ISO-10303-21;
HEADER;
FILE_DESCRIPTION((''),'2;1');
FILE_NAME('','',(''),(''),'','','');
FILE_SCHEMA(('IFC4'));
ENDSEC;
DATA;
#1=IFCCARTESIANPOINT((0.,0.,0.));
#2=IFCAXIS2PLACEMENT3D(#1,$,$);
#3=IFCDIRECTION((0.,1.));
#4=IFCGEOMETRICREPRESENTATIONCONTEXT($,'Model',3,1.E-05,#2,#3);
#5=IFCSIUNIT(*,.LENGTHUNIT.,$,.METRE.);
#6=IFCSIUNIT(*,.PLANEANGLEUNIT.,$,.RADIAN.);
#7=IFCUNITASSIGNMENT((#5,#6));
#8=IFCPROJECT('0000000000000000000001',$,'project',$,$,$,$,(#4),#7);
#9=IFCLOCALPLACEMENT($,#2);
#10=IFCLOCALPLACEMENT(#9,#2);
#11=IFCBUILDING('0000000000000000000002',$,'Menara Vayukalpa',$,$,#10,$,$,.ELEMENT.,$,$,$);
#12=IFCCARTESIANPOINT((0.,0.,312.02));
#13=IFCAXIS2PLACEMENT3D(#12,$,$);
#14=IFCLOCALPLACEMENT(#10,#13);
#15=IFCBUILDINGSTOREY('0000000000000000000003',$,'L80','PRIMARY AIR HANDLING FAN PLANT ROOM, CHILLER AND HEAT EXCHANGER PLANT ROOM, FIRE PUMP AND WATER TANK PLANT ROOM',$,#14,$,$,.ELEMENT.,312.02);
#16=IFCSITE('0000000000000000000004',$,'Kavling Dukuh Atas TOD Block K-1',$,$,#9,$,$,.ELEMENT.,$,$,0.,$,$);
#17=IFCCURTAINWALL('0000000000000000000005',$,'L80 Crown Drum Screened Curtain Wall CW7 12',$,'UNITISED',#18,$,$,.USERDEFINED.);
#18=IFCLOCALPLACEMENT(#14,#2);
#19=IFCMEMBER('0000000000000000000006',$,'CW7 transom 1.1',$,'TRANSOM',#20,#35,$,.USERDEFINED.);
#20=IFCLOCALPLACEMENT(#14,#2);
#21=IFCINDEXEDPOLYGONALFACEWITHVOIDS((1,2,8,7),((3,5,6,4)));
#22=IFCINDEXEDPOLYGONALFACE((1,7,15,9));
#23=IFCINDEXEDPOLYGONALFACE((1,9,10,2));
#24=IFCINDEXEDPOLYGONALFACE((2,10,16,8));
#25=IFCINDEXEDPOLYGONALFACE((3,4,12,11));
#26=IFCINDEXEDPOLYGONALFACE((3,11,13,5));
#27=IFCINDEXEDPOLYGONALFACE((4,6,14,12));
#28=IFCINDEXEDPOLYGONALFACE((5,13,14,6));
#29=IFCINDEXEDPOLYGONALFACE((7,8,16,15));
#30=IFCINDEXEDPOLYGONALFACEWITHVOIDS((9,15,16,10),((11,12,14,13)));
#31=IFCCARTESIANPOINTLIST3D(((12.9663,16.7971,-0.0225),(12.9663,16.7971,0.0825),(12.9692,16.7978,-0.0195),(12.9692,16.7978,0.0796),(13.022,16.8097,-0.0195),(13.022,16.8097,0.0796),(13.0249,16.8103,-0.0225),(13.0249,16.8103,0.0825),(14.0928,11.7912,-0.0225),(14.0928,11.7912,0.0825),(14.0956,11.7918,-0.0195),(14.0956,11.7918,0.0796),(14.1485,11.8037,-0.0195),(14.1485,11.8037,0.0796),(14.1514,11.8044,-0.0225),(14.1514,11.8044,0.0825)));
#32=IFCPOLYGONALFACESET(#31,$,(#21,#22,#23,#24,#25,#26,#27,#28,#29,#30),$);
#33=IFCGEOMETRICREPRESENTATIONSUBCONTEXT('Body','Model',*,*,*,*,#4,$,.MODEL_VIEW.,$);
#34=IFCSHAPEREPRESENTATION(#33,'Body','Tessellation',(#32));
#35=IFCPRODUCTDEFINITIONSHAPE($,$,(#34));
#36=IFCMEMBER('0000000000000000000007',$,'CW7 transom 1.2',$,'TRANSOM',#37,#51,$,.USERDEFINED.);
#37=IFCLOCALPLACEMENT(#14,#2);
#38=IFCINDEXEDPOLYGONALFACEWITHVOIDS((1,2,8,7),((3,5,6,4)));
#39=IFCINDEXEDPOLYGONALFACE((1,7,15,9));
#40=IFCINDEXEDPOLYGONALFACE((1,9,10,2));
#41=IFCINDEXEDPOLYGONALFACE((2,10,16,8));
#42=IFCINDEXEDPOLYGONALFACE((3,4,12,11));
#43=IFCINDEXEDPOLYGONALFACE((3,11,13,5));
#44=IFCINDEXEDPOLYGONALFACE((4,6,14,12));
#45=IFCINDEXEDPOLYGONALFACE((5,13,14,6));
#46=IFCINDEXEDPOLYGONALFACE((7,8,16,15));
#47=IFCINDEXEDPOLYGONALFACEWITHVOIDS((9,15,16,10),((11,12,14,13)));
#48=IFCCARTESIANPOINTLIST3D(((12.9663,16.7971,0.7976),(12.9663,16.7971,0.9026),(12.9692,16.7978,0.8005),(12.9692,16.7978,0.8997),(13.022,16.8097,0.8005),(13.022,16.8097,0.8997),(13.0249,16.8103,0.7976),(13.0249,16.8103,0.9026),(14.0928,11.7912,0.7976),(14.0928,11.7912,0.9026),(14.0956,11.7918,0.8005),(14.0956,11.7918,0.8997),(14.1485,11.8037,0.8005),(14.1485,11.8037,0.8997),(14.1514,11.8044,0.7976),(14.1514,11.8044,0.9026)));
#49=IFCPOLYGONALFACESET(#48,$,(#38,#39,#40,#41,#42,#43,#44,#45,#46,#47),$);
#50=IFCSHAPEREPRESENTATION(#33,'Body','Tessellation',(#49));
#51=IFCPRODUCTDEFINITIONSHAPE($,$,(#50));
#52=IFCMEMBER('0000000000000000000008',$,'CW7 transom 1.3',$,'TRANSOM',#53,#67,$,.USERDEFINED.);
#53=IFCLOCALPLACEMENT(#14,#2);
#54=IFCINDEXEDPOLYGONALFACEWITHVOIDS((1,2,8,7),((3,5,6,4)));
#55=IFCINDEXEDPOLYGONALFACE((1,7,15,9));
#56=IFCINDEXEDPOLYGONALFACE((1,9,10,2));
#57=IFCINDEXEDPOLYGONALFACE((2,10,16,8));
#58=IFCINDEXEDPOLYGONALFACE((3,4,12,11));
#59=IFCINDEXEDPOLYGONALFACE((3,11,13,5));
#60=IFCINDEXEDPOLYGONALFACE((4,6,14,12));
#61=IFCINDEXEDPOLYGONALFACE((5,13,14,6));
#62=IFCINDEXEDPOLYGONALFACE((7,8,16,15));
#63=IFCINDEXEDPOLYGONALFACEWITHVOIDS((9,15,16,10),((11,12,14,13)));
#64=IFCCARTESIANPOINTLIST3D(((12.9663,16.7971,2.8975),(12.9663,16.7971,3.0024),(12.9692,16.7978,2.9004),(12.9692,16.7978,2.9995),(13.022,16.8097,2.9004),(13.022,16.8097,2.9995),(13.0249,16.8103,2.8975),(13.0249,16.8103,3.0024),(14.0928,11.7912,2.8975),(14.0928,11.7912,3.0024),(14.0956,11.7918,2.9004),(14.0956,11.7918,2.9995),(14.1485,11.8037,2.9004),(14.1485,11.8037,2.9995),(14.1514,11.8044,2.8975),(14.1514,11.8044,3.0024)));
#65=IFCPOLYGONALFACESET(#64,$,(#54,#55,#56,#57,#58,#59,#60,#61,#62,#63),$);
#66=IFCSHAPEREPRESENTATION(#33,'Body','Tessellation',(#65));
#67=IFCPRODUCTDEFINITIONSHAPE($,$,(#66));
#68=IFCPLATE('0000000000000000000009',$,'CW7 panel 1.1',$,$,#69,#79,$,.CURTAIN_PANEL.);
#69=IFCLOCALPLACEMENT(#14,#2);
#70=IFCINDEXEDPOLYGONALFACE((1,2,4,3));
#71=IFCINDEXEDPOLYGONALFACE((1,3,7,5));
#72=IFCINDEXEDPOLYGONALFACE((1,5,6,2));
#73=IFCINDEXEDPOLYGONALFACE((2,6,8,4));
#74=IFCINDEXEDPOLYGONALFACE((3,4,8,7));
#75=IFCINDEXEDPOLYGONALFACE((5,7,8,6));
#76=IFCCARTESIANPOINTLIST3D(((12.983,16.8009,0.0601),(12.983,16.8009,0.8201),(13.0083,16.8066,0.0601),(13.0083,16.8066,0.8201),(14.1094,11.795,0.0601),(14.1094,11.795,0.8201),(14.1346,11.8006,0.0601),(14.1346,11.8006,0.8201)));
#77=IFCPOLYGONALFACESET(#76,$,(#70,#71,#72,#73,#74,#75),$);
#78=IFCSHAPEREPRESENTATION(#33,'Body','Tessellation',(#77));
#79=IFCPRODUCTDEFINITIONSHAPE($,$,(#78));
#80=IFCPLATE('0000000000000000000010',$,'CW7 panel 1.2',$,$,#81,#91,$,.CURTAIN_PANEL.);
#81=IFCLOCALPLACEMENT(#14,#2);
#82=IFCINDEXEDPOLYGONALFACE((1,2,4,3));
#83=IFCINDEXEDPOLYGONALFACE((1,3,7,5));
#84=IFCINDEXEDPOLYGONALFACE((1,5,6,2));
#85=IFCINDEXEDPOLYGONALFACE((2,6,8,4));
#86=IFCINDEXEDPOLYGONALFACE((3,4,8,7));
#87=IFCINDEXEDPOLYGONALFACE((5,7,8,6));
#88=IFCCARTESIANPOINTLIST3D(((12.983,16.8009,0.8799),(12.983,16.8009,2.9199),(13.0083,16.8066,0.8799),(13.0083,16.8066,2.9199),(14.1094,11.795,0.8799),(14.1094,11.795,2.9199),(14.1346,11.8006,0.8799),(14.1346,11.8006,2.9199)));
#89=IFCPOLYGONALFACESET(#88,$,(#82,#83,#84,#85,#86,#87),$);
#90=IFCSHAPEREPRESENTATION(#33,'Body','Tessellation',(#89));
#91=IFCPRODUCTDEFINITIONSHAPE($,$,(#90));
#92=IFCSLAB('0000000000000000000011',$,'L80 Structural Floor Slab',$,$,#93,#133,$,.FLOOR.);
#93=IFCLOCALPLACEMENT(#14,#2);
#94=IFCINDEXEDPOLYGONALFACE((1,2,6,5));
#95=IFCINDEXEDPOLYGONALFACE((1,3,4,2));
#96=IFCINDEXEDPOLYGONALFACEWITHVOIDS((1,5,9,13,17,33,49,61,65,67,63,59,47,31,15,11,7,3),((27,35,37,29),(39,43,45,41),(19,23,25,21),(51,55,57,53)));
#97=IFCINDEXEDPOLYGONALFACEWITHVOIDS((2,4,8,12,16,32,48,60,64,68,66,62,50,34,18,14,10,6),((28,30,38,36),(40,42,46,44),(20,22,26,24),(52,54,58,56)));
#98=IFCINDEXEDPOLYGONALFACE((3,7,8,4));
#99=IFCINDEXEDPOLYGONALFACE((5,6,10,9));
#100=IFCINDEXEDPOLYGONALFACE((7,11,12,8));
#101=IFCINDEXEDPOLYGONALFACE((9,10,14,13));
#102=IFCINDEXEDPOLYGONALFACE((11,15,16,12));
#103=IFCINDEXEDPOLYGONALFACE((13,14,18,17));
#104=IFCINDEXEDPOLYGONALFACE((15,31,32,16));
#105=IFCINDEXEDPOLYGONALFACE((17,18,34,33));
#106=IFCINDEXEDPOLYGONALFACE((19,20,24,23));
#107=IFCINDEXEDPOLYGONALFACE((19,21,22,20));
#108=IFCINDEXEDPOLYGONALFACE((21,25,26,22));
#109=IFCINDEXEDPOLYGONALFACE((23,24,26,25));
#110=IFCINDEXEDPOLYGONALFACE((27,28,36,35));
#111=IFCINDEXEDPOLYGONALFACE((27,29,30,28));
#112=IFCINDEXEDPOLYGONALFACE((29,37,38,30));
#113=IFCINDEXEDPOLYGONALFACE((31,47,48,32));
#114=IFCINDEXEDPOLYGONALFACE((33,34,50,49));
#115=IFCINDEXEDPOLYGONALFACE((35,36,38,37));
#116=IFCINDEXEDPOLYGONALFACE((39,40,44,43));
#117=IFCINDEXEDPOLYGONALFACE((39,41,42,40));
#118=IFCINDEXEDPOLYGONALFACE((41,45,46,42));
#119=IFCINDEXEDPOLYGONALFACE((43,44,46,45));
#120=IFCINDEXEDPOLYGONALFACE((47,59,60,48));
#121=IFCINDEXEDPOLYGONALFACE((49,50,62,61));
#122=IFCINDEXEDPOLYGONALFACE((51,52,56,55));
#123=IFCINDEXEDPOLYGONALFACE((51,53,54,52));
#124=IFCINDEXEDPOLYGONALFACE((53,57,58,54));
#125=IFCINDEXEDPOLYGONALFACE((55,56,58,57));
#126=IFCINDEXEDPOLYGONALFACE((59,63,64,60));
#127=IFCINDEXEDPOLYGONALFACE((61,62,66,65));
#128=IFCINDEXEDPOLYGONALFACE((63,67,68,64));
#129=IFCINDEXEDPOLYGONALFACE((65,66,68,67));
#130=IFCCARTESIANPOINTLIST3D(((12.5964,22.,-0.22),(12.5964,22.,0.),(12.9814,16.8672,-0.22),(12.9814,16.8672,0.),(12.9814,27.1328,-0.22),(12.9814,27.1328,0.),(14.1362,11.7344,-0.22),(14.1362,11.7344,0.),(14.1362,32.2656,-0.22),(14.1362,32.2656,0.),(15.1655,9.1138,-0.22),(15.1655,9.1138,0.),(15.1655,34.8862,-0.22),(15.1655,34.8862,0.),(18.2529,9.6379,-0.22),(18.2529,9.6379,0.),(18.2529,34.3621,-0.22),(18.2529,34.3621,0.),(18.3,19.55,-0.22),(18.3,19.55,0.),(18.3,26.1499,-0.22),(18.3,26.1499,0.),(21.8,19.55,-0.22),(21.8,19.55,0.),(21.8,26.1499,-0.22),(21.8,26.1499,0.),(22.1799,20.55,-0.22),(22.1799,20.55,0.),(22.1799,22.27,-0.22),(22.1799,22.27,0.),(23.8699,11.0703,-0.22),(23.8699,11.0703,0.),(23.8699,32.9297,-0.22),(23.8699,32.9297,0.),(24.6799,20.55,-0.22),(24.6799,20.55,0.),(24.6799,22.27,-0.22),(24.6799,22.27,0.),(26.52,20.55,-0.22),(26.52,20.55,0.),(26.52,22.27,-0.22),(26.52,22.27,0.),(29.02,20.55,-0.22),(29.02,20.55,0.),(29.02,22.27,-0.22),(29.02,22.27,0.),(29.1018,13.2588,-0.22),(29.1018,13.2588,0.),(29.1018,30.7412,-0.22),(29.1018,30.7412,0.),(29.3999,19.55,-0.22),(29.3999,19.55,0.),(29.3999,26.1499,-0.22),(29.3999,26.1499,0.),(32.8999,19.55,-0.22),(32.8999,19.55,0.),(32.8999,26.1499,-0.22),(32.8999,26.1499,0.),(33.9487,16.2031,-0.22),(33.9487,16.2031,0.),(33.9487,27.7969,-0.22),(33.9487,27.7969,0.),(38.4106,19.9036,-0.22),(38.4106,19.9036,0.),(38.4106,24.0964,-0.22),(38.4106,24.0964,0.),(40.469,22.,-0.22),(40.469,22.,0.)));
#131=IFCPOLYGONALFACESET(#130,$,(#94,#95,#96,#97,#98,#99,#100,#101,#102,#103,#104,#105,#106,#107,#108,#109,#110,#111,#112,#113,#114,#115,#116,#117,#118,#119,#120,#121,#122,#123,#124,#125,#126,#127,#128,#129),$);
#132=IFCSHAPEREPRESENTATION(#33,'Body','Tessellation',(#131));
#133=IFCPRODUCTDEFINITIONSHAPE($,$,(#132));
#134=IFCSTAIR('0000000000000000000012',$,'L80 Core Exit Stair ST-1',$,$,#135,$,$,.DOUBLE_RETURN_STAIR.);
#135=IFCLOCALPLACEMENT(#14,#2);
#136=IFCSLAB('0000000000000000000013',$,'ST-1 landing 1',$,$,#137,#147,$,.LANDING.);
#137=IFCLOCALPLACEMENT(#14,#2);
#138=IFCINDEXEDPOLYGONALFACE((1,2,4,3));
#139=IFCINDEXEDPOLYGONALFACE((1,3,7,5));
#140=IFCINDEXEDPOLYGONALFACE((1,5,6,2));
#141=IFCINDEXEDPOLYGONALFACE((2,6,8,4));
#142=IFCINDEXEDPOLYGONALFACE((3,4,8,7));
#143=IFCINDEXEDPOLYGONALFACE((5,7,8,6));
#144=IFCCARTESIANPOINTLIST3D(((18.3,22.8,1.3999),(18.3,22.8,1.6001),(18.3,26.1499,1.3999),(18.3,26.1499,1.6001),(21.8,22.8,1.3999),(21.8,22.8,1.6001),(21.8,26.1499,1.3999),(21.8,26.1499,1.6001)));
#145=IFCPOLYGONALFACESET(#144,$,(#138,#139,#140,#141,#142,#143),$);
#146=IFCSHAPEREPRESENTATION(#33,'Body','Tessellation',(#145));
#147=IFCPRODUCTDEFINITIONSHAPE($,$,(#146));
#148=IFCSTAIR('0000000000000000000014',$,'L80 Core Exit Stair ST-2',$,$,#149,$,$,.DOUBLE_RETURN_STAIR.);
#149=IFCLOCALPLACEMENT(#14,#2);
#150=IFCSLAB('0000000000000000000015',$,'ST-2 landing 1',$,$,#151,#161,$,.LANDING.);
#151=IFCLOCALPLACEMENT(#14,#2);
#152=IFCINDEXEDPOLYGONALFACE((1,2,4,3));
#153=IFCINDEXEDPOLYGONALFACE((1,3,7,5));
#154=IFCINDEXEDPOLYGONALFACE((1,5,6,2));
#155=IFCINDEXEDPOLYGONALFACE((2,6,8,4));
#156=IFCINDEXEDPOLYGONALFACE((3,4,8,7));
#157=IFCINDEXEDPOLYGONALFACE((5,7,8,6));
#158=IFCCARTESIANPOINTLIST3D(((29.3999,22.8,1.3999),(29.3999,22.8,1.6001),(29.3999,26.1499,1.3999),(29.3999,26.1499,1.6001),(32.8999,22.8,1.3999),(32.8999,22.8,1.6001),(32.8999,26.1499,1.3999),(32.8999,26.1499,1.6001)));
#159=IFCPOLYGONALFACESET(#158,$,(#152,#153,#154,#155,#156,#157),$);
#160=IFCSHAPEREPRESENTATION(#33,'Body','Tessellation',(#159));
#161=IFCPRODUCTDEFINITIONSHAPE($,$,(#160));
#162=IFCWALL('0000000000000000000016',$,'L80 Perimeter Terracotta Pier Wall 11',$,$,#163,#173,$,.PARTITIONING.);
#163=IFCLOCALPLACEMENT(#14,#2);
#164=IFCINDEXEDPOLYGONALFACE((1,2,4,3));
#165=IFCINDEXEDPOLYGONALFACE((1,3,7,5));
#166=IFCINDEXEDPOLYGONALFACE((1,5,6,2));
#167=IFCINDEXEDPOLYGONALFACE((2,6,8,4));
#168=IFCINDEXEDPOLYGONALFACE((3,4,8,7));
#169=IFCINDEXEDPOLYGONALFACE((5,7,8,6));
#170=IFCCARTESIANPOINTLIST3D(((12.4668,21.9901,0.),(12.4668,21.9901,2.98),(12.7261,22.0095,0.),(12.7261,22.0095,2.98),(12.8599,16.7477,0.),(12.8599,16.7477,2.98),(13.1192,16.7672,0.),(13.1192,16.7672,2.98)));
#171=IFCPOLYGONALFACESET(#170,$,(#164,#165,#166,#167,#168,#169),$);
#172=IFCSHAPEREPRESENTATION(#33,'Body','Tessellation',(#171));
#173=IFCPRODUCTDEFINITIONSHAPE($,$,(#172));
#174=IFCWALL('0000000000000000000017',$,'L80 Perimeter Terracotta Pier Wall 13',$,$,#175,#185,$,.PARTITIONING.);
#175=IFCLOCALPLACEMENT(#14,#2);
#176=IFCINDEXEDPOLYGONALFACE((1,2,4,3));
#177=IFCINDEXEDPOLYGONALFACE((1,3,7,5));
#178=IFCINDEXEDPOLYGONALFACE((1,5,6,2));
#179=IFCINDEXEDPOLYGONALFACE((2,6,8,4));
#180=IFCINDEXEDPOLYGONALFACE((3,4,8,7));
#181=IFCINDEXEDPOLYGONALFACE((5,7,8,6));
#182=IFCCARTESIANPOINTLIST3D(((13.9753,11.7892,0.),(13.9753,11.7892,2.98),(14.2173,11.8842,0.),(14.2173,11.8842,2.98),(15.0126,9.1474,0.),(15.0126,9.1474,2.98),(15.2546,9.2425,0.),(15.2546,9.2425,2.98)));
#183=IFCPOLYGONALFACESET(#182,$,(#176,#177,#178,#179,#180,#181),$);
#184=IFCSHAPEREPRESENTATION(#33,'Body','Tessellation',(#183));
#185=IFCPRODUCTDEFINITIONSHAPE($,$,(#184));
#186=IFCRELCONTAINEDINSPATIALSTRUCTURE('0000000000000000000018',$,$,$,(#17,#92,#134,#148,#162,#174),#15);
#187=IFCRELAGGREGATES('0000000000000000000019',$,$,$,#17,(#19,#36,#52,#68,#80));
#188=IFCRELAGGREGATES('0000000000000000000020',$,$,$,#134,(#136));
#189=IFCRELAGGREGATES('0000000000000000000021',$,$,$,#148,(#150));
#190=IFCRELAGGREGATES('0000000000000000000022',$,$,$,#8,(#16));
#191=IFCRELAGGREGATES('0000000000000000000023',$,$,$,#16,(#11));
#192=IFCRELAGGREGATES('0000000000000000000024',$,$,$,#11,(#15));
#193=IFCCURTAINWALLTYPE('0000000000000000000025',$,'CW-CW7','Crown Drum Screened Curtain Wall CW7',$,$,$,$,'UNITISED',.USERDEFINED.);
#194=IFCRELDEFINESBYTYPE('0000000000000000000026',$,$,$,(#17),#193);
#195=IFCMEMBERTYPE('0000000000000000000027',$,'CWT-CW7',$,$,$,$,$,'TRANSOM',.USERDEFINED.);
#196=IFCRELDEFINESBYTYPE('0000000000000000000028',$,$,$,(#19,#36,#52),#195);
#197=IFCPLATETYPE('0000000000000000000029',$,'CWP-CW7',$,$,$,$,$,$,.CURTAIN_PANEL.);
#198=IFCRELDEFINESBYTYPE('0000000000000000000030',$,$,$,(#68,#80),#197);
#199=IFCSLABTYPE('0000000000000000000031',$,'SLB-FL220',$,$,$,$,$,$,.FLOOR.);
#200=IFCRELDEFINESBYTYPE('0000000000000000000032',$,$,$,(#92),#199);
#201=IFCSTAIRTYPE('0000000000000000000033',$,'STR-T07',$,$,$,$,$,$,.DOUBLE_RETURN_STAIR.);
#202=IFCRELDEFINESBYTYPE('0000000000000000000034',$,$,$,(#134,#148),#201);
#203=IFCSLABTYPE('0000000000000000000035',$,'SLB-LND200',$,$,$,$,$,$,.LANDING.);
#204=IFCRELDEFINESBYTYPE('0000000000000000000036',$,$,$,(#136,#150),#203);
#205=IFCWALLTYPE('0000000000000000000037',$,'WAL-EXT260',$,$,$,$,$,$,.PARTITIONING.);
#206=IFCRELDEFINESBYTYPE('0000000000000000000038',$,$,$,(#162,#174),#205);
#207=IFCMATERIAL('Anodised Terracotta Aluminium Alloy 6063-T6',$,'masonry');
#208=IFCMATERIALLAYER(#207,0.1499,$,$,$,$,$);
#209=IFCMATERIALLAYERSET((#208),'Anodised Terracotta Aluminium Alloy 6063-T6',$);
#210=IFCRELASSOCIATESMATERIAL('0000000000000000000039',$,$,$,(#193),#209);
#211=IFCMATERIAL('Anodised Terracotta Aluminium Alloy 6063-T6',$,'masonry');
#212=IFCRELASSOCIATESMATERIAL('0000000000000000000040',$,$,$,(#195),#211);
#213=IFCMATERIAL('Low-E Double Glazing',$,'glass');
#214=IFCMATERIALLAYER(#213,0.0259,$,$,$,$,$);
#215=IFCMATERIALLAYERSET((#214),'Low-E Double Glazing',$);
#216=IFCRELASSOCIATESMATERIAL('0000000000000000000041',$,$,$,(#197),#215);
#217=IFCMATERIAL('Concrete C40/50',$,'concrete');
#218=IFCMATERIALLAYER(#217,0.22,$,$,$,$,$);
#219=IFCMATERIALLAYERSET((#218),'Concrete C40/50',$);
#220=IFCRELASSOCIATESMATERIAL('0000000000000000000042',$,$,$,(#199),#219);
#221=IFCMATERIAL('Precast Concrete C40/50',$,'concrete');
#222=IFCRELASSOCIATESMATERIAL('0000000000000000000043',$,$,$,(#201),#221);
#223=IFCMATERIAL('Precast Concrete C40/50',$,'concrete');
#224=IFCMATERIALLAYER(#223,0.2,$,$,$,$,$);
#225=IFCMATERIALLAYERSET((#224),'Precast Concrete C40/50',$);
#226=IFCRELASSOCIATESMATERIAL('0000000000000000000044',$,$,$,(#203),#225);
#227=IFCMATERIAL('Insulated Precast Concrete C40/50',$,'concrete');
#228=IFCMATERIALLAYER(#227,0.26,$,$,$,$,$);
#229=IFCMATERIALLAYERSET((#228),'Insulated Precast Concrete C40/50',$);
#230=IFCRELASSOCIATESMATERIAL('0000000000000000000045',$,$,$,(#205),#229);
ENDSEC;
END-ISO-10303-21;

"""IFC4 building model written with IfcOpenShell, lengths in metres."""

from ifc_helpers import new_model, si_unit, direction, frame, frame_2d, origin, origin_2d, place, context, subcontext, project, spatial, polyline, rectangle, hollow_rectangle, outline, extrude, material, layer, layer_set, material_profile, profile_set, type_object, element, aggregate, save


model = new_model("IFC4")

# Units and contexts
model_context = context("Model", 3, precision=1e-05, world=origin(), true_north=direction((0.0, 1.0)))
body_context = subcontext(model_context, "Body", "Model", "MODEL_VIEW")
ifc_project = project(units=[si_unit("LENGTHUNIT", "METRE"), si_unit("PLANEANGLEUNIT", "RADIAN")], contexts=[model_context])

# Site, building, storey
site_placement = place(None, origin())
site = spatial("IfcSite", under=ifc_project, at=site_placement, Name="Kavling Dukuh Atas TOD Block K-1", CompositionType="ELEMENT", RefElevation=0.0)
building_placement = place(site_placement, origin())
building = spatial("IfcBuilding", under=site, at=building_placement, Name="Menara Vayukalpa", CompositionType="ELEMENT")
storey_placement = place(building_placement, frame((0.0, 0.0, 312.02)))
storey = spatial("IfcBuildingStorey", under=building, at=storey_placement, Name="L80", Description="PRIMARY AIR HANDLING FAN PLANT ROOM, CHILLER AND HEAT EXCHANGER PLANT ROOM, FIRE PUMP AND WATER TANK PLANT ROOM", CompositionType="ELEMENT", Elevation=312.02)

# Curtain wall, members, plates
ifc_material_1 = material(Name="Anodised Terracotta Aluminium Alloy 6063-T6", Category="masonry")
ifc_layer_1 = layer(ifc_material_1, 0.1499)
ifc_layer_set_1 = layer_set([ifc_layer_1], Name="Anodised Terracotta Aluminium Alloy 6063-T6")
curtain_wall_type = type_object("IfcCurtainWallType", Name="CW-CW7", Description="Crown Drum Screened Curtain Wall CW7", ElementType="UNITISED", PredefinedType="USERDEFINED", material=ifc_layer_set_1)
curtain_wall_placement = place(storey_placement, origin())
curtain_wall = element("IfcCurtainWall", 1, at=curtain_wall_placement, inside=storey, type_object=curtain_wall_type, Name="L80 Crown Drum Screened Curtain Wall CW7 12", ObjectType="UNITISED", PredefinedType="USERDEFINED")
ifc_material_2 = material(Name="Anodised Terracotta Aluminium Alloy 6063-T6", Category="masonry")
ifc_material_profile_1 = material_profile(ifc_material_2, hollow_rectangle(XDim=0.0601, YDim=0.105, WallThickness=0.0029, at=origin_2d()), Name="ALU 60x105x3")
ifc_profile_set_1 = profile_set([ifc_material_profile_1], Name="Anodised Terracotta Aluminium Alloy 6063-T6")
member_type_1 = type_object("IfcMemberType", Name="CWT-CW7", ElementType="TRANSOM", PredefinedType="USERDEFINED", material=ifc_profile_set_1)
member_1_placement = place(storey_placement, frame((12.9956, 16.8037, 0.03), z_axis=(0.219539, -0.975604, 0.0), x_axis=(0.975604, 0.219539, 0.0)))
member_1 = element("IfcMember", 2, at=member_1_placement, type_object=member_type_1, Name="CW7 transom 1.1", ObjectType="TRANSOM", PredefinedType="USERDEFINED", context=body_context, shape_type="SweptSolid", body=[
    extrude(hollow_rectangle(XDim=0.0601, YDim=0.105, WallThickness=0.0029, at=origin_2d()), origin(), (0.0, 0.0, 1.0), 5.1311),
])
member_2_placement = place(storey_placement, frame((12.9956, 16.8037, 0.8501), z_axis=(0.219539, -0.975604, 0.0), x_axis=(0.975604, 0.219539, 0.0)))
member_2 = element("IfcMember", 3, at=member_2_placement, type_object=member_type_1, Name="CW7 transom 1.2", ObjectType="TRANSOM", PredefinedType="USERDEFINED", context=body_context, shape_type="SweptSolid", body=[
    extrude(hollow_rectangle(XDim=0.0601, YDim=0.105, WallThickness=0.0029, at=origin_2d()), origin(), (0.0, 0.0, 1.0), 5.1311),
])
member_3_placement = place(storey_placement, frame((12.9956, 16.8037, 2.95), z_axis=(0.219539, -0.975604, 0.0), x_axis=(0.975604, 0.219539, 0.0)))
member_3 = element("IfcMember", 4, at=member_3_placement, type_object=member_type_1, Name="CW7 transom 1.3", ObjectType="TRANSOM", PredefinedType="USERDEFINED", context=body_context, shape_type="SweptSolid", body=[
    extrude(hollow_rectangle(XDim=0.0601, YDim=0.105, WallThickness=0.0029, at=origin_2d()), origin(), (0.0, 0.0, 1.0), 5.1311),
])
ifc_material_3 = material(Name="Low-E Double Glazing", Category="glass")
ifc_layer_2 = layer(ifc_material_3, 0.0259)
ifc_layer_set_2 = layer_set([ifc_layer_2], Name="Low-E Double Glazing")
plate_type = type_object("IfcPlateType", Name="CWP-CW7", PredefinedType="CURTAIN_PANEL", material=ifc_layer_set_2)
plate_1_placement = place(storey_placement, frame((13.5588, 14.3008, 0.0601), z_axis=(0.0, 0.0, 1.0), x_axis=(0.219516, -0.975609, 0.0)))
plate_1 = element("IfcPlate", 5, at=plate_1_placement, type_object=plate_type, Name="CW7 panel 1.1", PredefinedType="CURTAIN_PANEL", context=body_context, shape_type="SweptSolid", body=[
    extrude(rectangle(XDim=5.1311, YDim=0.0259, at=origin_2d()), origin(), (0.0, 0.0, 1.0), 0.76),
])
plate_2_placement = place(storey_placement, frame((13.5588, 14.3008, 0.8799), z_axis=(0.0, 0.0, 1.0), x_axis=(0.219516, -0.975609, 0.0)))
plate_2 = element("IfcPlate", 6, at=plate_2_placement, type_object=plate_type, Name="CW7 panel 1.2", PredefinedType="CURTAIN_PANEL", context=body_context, shape_type="SweptSolid", body=[
    extrude(rectangle(XDim=5.1311, YDim=0.0259, at=origin_2d()), origin(), (0.0, 0.0, 1.0), 2.04),
])
aggregate(curtain_wall, [member_1, member_2, member_3, plate_1, plate_2])

# Slab
ifc_material_4 = material(Name="Concrete C40/50", Category="concrete")
ifc_layer_3 = layer(ifc_material_4, 0.22)
ifc_layer_set_3 = layer_set([ifc_layer_3], Name="Concrete C40/50")
slab_type_1 = type_object("IfcSlabType", Name="SLB-FL220", PredefinedType="FLOOR", material=ifc_layer_set_3)
slab_1_placement = place(storey_placement, frame((0.0, 0.0, -0.22)))
element("IfcSlab", 7, at=slab_1_placement, inside=storey, type_object=slab_type_1, Name="L80 Structural Floor Slab", PredefinedType="FLOOR", context=body_context, shape_type="SweptSolid", body=[
    extrude(outline(polyline([(38.4106, 19.9036), (40.469, 22.0), (38.4106, 24.0964), (33.9487, 27.7969), (29.1018, 30.7412), (23.8699, 32.9297), (18.2529, 34.3621), (15.1655, 34.8862), (14.1362, 32.2656), (12.9814, 27.1328), (12.5964, 22.0), (12.9814, 16.8672), (14.1362, 11.7344), (15.1655, 9.1138), (18.2529, 9.6379), (23.8699, 11.0703), (29.1018, 13.2588), (33.9487, 16.2031), (38.4106, 19.9036)]), holes=[polyline([(21.8, 19.55), (21.8, 26.1499), (18.3, 26.1499), (18.3, 19.55), (21.8, 19.55)]), polyline([(32.8999, 19.55), (32.8999, 26.1499), (29.3999, 26.1499), (29.3999, 19.55), (32.8999, 19.55)]), polyline([(22.1799, 20.55), (24.6799, 20.55), (24.6799, 22.27), (22.1799, 22.27), (22.1799, 20.55)]), polyline([(26.52, 20.55), (29.02, 20.55), (29.02, 22.27), (26.52, 22.27), (26.52, 20.55)])]), origin(), (0.0, 0.0, 1.0), 0.22),
])

# Stairs, slabs
ifc_material_5 = material(Name="Precast Concrete C40/50", Category="concrete")
stair_type = type_object("IfcStairType", Name="STR-T07", PredefinedType="DOUBLE_RETURN_STAIR", material=ifc_material_5)
stair_1_placement = place(storey_placement, origin())
stair_1 = element("IfcStair", 8, at=stair_1_placement, inside=storey, type_object=stair_type, Name="L80 Core Exit Stair ST-1", PredefinedType="DOUBLE_RETURN_STAIR")
ifc_material_6 = material(Name="Precast Concrete C40/50", Category="concrete")
ifc_layer_4 = layer(ifc_material_6, 0.2)
ifc_layer_set_4 = layer_set([ifc_layer_4], Name="Precast Concrete C40/50")
slab_type_2 = type_object("IfcSlabType", Name="SLB-LND200", PredefinedType="LANDING", material=ifc_layer_set_4)
slab_2_placement = place(storey_placement, frame((0.0, 0.0, 1.3999)))
slab_2 = element("IfcSlab", 9, at=slab_2_placement, type_object=slab_type_2, Name="ST-1 landing 1", PredefinedType="LANDING", context=body_context, shape_type="SweptSolid", body=[
    extrude(outline(polyline([(21.8, 22.8), (21.8, 26.1499), (18.3, 26.1499), (18.3, 22.8), (21.8, 22.8)])), origin(), (0.0, 0.0, 1.0), 0.2002),
])
aggregate(stair_1, [slab_2])
stair_2_placement = place(storey_placement, origin())
stair_2 = element("IfcStair", 10, at=stair_2_placement, inside=storey, type_object=stair_type, Name="L80 Core Exit Stair ST-2", PredefinedType="DOUBLE_RETURN_STAIR")
slab_3_placement = place(storey_placement, frame((0.0, 0.0, 1.3999)))
slab_3 = element("IfcSlab", 11, at=slab_3_placement, type_object=slab_type_2, Name="ST-2 landing 1", PredefinedType="LANDING", context=body_context, shape_type="SweptSolid", body=[
    extrude(outline(polyline([(32.8999, 22.8), (32.8999, 26.1499), (29.3999, 26.1499), (29.3999, 22.8), (32.8999, 22.8)])), origin(), (0.0, 0.0, 1.0), 0.2002),
])
aggregate(stair_2, [slab_3])

# Walls
ifc_material_7 = material(Name="Insulated Precast Concrete C40/50", Category="concrete")
ifc_layer_5 = layer(ifc_material_7, 0.26)
ifc_layer_set_5 = layer_set([ifc_layer_5], Name="Insulated Precast Concrete C40/50")
wall_type_1 = type_object("IfcWallType", Name="WAL-EXT260", PredefinedType="PARTITIONING", material=ifc_layer_set_5)
wall_1_placement = place(storey_placement, frame((12.9895, 16.7576, 0.0), z_axis=(0.0, 0.0, 1.0), x_axis=(-0.074768, 0.997201, 0.0)))
element("IfcWall", 12, at=wall_1_placement, inside=storey, type_object=wall_type_1, Name="L80 Perimeter Terracotta Pier Wall 11", PredefinedType="PARTITIONING", context=body_context, shape_type="SweptSolid", body=[
    extrude(rectangle(XDim=5.2571, YDim=0.26, at=frame_2d((2.6284, 0.0))), origin(), (0.0, 0.0, 1.0), 2.98),
])
wall_2_placement = place(storey_placement, frame((15.1335, 9.1951, 0.0), z_axis=(0.0, 0.0, 1.0), x_axis=(-0.365495, 0.930813, 0.0)))
element("IfcWall", 13, at=wall_2_placement, inside=storey, type_object=wall_type_1, Name="L80 Perimeter Terracotta Pier Wall 13", PredefinedType="PARTITIONING", context=body_context, shape_type="SweptSolid", body=[
    extrude(rectangle(XDim=2.8381, YDim=0.26, at=frame_2d((1.4189, 0.0))), origin(), (0.0, 0.0, 1.0), 2.98),
])

save(model, "model.ifc")
